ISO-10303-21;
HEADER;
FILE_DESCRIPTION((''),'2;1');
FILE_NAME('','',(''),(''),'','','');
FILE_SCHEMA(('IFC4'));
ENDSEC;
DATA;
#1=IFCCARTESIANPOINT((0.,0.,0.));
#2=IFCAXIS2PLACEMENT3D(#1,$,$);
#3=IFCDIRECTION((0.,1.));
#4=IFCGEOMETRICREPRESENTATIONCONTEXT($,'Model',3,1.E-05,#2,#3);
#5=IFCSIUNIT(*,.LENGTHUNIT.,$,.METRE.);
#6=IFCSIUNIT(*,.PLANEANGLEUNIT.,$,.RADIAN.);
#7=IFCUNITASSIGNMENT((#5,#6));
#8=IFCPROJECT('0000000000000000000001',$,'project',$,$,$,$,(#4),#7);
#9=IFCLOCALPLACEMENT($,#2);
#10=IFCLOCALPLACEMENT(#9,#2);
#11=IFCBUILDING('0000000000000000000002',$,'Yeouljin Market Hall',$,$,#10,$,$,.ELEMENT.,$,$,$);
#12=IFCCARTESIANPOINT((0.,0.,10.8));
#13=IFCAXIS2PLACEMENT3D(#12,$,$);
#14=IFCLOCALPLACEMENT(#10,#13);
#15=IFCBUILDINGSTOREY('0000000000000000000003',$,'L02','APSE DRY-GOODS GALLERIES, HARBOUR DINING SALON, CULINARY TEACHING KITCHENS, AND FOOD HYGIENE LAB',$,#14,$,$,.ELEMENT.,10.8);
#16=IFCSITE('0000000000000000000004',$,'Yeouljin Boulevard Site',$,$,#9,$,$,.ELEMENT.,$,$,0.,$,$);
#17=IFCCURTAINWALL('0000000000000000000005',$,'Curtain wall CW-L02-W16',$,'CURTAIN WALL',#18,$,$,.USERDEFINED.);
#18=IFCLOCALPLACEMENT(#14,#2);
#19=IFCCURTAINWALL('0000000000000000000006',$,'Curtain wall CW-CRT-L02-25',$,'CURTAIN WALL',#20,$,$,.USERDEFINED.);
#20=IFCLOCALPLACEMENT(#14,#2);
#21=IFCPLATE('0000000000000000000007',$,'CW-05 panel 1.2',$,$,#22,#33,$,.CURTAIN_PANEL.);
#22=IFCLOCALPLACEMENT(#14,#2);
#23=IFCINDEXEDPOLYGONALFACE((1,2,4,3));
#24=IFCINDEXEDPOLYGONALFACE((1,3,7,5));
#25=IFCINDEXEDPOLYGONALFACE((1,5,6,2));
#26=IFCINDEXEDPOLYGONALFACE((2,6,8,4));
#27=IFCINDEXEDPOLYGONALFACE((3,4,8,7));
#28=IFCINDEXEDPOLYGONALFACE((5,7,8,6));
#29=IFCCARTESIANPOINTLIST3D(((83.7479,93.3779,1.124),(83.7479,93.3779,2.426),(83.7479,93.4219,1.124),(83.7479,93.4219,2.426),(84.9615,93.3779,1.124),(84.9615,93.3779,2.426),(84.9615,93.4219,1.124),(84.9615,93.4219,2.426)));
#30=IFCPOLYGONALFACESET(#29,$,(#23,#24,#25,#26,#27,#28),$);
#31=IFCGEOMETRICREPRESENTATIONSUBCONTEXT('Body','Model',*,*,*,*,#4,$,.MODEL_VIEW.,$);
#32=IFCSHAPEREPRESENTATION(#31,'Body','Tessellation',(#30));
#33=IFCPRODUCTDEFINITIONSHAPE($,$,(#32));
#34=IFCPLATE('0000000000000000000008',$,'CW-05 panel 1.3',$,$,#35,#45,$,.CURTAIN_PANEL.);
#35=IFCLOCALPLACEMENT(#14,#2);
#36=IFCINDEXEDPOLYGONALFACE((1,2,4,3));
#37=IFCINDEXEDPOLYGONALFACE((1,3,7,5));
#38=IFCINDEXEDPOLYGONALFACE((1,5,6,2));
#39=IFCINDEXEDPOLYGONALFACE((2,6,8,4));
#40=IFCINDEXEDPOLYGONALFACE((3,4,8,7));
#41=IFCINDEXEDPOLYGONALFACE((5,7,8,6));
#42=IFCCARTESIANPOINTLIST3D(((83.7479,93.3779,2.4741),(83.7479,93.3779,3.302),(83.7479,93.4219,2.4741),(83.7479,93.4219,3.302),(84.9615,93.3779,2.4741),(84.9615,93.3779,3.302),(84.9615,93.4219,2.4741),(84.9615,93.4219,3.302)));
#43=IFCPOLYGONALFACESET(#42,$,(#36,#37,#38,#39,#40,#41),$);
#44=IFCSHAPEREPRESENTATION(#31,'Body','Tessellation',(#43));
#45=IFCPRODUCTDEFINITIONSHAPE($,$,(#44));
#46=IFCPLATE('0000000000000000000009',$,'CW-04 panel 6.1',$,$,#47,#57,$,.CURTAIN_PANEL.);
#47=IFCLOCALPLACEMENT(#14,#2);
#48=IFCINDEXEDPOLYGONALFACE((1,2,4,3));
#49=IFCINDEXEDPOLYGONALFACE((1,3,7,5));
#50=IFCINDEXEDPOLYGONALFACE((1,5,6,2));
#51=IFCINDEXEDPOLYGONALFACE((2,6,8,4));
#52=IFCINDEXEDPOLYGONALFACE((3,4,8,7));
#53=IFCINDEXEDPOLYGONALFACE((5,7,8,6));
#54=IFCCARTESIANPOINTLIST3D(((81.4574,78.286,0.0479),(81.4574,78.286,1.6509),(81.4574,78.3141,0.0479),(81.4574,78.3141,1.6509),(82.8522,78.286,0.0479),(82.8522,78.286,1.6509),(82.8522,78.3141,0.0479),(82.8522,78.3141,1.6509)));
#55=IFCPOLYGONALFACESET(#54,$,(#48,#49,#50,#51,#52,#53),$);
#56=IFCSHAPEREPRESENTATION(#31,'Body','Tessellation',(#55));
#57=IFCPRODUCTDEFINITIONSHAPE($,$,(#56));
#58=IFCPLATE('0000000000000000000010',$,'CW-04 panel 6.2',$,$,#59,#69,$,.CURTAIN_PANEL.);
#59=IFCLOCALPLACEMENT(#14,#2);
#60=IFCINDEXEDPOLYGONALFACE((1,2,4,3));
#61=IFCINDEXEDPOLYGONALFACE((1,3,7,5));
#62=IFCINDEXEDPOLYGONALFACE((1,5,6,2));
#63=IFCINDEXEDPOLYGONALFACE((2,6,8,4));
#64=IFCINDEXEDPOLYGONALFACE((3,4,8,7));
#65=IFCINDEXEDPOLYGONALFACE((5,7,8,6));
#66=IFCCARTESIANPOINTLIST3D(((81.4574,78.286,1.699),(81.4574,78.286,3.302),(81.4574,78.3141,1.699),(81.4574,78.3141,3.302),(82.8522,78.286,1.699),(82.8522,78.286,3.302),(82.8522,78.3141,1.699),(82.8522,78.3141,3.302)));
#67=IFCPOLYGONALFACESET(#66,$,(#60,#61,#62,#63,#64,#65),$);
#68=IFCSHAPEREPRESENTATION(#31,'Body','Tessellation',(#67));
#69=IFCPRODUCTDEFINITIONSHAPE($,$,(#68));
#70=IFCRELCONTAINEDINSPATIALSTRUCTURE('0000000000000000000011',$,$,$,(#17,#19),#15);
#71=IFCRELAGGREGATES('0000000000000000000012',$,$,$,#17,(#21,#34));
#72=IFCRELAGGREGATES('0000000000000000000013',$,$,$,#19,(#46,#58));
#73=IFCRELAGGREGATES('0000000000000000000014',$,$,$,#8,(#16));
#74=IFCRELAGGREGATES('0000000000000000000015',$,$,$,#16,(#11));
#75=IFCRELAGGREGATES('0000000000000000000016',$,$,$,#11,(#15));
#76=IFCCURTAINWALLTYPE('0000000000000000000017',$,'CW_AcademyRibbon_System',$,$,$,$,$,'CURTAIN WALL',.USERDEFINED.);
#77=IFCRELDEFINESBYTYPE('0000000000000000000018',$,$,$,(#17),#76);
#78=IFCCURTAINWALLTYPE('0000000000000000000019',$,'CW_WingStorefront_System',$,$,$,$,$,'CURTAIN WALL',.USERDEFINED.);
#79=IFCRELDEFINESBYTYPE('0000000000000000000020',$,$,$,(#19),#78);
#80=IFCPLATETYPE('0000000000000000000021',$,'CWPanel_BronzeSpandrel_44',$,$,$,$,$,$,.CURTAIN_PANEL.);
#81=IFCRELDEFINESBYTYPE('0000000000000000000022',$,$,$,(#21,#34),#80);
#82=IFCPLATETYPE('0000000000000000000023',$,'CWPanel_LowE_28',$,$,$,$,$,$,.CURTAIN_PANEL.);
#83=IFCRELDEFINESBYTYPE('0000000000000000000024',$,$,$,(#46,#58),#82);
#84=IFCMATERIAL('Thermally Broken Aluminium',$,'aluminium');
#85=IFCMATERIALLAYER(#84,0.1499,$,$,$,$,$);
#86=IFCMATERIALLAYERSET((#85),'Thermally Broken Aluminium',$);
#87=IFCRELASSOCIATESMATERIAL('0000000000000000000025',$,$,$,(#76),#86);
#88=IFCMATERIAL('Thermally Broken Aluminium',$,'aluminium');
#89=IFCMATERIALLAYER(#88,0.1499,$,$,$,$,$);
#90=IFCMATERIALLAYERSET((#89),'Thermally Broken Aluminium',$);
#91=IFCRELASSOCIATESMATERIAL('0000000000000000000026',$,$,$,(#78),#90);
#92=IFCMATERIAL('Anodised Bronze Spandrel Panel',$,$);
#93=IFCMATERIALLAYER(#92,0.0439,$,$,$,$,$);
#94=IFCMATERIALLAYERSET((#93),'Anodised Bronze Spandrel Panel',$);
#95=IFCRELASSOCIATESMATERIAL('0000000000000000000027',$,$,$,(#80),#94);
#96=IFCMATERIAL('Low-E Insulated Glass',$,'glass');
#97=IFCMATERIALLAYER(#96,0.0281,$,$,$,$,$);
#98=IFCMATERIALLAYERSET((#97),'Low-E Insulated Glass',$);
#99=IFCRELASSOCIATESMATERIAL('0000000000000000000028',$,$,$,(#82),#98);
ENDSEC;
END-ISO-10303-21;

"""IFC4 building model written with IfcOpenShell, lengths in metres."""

from ifc_helpers import new_model, si_unit, direction, frame, origin, origin_2d, place, context, subcontext, project, spatial, rectangle, extrude, material, layer, layer_set, type_object, element, aggregate, save


model = new_model("IFC4")

# Units and contexts
model_context = context("Model", 3, precision=1e-05, world=origin(), true_north=direction((0.0, 1.0)))
body_context = subcontext(model_context, "Body", "Model", "MODEL_VIEW")
ifc_project = project(units=[si_unit("LENGTHUNIT", "METRE"), si_unit("PLANEANGLEUNIT", "RADIAN")], contexts=[model_context])

# Site, building, storey
site_placement = place(None, origin())
site = spatial("IfcSite", under=ifc_project, at=site_placement, Name="Yeouljin Boulevard Site", CompositionType="ELEMENT", RefElevation=0.0)
building_placement = place(site_placement, origin())
building = spatial("IfcBuilding", under=site, at=building_placement, Name="Yeouljin Market Hall", CompositionType="ELEMENT")
storey_placement = place(building_placement, frame((0.0, 0.0, 10.8)))
storey = spatial("IfcBuildingStorey", under=building, at=storey_placement, Name="L02", Description="APSE DRY-GOODS GALLERIES, HARBOUR DINING SALON, CULINARY TEACHING KITCHENS, AND FOOD HYGIENE LAB", CompositionType="ELEMENT", Elevation=10.8)

# Curtain wall
ifc_material_1 = material(Name="Thermally Broken Aluminium", Category="aluminium")
ifc_layer_1 = layer(ifc_material_1, 0.1499)
ifc_layer_set_1 = layer_set([ifc_layer_1], Name="Thermally Broken Aluminium")
curtain_wall_type_1 = type_object("IfcCurtainWallType", Name="CW_AcademyRibbon_System", ElementType="CURTAIN WALL", PredefinedType="USERDEFINED", material=ifc_layer_set_1)
curtain_wall_1_placement = place(storey_placement, origin())
curtain_wall_1 = element("IfcCurtainWall", 1, at=curtain_wall_1_placement, inside=storey, type_object=curtain_wall_type_1, Name="Curtain wall CW-L02-W16", ObjectType="CURTAIN WALL", PredefinedType="USERDEFINED")

# Curtain wall
ifc_material_2 = material(Name="Thermally Broken Aluminium", Category="aluminium")
ifc_layer_2 = layer(ifc_material_2, 0.1499)
ifc_layer_set_2 = layer_set([ifc_layer_2], Name="Thermally Broken Aluminium")
curtain_wall_type_2 = type_object("IfcCurtainWallType", Name="CW_WingStorefront_System", ElementType="CURTAIN WALL", PredefinedType="USERDEFINED", material=ifc_layer_set_2)
curtain_wall_2_placement = place(storey_placement, origin())
curtain_wall_2 = element("IfcCurtainWall", 2, at=curtain_wall_2_placement, inside=storey, type_object=curtain_wall_type_2, Name="Curtain wall CW-CRT-L02-25", ObjectType="CURTAIN WALL", PredefinedType="USERDEFINED")

# Plates
ifc_material_3 = material(Name="Anodised Bronze Spandrel Panel")
ifc_layer_3 = layer(ifc_material_3, 0.0439)
ifc_layer_set_3 = layer_set([ifc_layer_3], Name="Anodised Bronze Spandrel Panel")
plate_type_1 = type_object("IfcPlateType", Name="CWPanel_BronzeSpandrel_44", PredefinedType="CURTAIN_PANEL", material=ifc_layer_set_3)
plate_1_placement = place(storey_placement, frame((84.3547, 93.3999, 1.124), z_axis=(0.0, 0.0, 1.0), x_axis=(1.0, 0.0, 0.0)))
plate_1 = element("IfcPlate", 3, at=plate_1_placement, type_object=plate_type_1, Name="CW-05 panel 1.2", PredefinedType="CURTAIN_PANEL", context=body_context, shape_type="SweptSolid", body=[
    extrude(rectangle(XDim=1.2136, YDim=0.0439, at=origin_2d()), origin(), (0.0, 0.0, 1.0), 1.302),
])
plate_2_placement = place(storey_placement, frame((84.3547, 93.3999, 2.4741), z_axis=(0.0, 0.0, 1.0), x_axis=(1.0, 0.0, 0.0)))
plate_2 = element("IfcPlate", 4, at=plate_2_placement, type_object=plate_type_1, Name="CW-05 panel 1.3", PredefinedType="CURTAIN_PANEL", context=body_context, shape_type="SweptSolid", body=[
    extrude(rectangle(XDim=1.2136, YDim=0.0439, at=origin_2d()), origin(), (0.0, 0.0, 1.0), 0.8279),
])
aggregate(curtain_wall_1, [plate_1, plate_2])
ifc_material_4 = material(Name="Low-E Insulated Glass", Category="glass")
ifc_layer_4 = layer(ifc_material_4, 0.0281)
ifc_layer_set_4 = layer_set([ifc_layer_4], Name="Low-E Insulated Glass")
plate_type_2 = type_object("IfcPlateType", Name="CWPanel_LowE_28", PredefinedType="CURTAIN_PANEL", material=ifc_layer_set_4)
plate_3_placement = place(storey_placement, frame((82.1548, 78.3, 0.0479), z_axis=(0.0, 0.0, 1.0), x_axis=(1.0, 0.0, 0.0)))
plate_3 = element("IfcPlate", 5, at=plate_3_placement, type_object=plate_type_2, Name="CW-04 panel 6.1", PredefinedType="CURTAIN_PANEL", context=body_context, shape_type="SweptSolid", body=[
    extrude(rectangle(XDim=1.3948, YDim=0.0281, at=origin_2d()), origin(), (0.0, 0.0, 1.0), 1.603),
])
plate_4_placement = place(storey_placement, frame((82.1548, 78.3, 1.699), z_axis=(0.0, 0.0, 1.0), x_axis=(1.0, 0.0, 0.0)))
plate_4 = element("IfcPlate", 6, at=plate_4_placement, type_object=plate_type_2, Name="CW-04 panel 6.2", PredefinedType="CURTAIN_PANEL", context=body_context, shape_type="SweptSolid", body=[
    extrude(rectangle(XDim=1.3948, YDim=0.0281, at=origin_2d()), origin(), (0.0, 0.0, 1.0), 1.603),
])
aggregate(curtain_wall_2, [plate_3, plate_4])

save(model, "model.ifc")
